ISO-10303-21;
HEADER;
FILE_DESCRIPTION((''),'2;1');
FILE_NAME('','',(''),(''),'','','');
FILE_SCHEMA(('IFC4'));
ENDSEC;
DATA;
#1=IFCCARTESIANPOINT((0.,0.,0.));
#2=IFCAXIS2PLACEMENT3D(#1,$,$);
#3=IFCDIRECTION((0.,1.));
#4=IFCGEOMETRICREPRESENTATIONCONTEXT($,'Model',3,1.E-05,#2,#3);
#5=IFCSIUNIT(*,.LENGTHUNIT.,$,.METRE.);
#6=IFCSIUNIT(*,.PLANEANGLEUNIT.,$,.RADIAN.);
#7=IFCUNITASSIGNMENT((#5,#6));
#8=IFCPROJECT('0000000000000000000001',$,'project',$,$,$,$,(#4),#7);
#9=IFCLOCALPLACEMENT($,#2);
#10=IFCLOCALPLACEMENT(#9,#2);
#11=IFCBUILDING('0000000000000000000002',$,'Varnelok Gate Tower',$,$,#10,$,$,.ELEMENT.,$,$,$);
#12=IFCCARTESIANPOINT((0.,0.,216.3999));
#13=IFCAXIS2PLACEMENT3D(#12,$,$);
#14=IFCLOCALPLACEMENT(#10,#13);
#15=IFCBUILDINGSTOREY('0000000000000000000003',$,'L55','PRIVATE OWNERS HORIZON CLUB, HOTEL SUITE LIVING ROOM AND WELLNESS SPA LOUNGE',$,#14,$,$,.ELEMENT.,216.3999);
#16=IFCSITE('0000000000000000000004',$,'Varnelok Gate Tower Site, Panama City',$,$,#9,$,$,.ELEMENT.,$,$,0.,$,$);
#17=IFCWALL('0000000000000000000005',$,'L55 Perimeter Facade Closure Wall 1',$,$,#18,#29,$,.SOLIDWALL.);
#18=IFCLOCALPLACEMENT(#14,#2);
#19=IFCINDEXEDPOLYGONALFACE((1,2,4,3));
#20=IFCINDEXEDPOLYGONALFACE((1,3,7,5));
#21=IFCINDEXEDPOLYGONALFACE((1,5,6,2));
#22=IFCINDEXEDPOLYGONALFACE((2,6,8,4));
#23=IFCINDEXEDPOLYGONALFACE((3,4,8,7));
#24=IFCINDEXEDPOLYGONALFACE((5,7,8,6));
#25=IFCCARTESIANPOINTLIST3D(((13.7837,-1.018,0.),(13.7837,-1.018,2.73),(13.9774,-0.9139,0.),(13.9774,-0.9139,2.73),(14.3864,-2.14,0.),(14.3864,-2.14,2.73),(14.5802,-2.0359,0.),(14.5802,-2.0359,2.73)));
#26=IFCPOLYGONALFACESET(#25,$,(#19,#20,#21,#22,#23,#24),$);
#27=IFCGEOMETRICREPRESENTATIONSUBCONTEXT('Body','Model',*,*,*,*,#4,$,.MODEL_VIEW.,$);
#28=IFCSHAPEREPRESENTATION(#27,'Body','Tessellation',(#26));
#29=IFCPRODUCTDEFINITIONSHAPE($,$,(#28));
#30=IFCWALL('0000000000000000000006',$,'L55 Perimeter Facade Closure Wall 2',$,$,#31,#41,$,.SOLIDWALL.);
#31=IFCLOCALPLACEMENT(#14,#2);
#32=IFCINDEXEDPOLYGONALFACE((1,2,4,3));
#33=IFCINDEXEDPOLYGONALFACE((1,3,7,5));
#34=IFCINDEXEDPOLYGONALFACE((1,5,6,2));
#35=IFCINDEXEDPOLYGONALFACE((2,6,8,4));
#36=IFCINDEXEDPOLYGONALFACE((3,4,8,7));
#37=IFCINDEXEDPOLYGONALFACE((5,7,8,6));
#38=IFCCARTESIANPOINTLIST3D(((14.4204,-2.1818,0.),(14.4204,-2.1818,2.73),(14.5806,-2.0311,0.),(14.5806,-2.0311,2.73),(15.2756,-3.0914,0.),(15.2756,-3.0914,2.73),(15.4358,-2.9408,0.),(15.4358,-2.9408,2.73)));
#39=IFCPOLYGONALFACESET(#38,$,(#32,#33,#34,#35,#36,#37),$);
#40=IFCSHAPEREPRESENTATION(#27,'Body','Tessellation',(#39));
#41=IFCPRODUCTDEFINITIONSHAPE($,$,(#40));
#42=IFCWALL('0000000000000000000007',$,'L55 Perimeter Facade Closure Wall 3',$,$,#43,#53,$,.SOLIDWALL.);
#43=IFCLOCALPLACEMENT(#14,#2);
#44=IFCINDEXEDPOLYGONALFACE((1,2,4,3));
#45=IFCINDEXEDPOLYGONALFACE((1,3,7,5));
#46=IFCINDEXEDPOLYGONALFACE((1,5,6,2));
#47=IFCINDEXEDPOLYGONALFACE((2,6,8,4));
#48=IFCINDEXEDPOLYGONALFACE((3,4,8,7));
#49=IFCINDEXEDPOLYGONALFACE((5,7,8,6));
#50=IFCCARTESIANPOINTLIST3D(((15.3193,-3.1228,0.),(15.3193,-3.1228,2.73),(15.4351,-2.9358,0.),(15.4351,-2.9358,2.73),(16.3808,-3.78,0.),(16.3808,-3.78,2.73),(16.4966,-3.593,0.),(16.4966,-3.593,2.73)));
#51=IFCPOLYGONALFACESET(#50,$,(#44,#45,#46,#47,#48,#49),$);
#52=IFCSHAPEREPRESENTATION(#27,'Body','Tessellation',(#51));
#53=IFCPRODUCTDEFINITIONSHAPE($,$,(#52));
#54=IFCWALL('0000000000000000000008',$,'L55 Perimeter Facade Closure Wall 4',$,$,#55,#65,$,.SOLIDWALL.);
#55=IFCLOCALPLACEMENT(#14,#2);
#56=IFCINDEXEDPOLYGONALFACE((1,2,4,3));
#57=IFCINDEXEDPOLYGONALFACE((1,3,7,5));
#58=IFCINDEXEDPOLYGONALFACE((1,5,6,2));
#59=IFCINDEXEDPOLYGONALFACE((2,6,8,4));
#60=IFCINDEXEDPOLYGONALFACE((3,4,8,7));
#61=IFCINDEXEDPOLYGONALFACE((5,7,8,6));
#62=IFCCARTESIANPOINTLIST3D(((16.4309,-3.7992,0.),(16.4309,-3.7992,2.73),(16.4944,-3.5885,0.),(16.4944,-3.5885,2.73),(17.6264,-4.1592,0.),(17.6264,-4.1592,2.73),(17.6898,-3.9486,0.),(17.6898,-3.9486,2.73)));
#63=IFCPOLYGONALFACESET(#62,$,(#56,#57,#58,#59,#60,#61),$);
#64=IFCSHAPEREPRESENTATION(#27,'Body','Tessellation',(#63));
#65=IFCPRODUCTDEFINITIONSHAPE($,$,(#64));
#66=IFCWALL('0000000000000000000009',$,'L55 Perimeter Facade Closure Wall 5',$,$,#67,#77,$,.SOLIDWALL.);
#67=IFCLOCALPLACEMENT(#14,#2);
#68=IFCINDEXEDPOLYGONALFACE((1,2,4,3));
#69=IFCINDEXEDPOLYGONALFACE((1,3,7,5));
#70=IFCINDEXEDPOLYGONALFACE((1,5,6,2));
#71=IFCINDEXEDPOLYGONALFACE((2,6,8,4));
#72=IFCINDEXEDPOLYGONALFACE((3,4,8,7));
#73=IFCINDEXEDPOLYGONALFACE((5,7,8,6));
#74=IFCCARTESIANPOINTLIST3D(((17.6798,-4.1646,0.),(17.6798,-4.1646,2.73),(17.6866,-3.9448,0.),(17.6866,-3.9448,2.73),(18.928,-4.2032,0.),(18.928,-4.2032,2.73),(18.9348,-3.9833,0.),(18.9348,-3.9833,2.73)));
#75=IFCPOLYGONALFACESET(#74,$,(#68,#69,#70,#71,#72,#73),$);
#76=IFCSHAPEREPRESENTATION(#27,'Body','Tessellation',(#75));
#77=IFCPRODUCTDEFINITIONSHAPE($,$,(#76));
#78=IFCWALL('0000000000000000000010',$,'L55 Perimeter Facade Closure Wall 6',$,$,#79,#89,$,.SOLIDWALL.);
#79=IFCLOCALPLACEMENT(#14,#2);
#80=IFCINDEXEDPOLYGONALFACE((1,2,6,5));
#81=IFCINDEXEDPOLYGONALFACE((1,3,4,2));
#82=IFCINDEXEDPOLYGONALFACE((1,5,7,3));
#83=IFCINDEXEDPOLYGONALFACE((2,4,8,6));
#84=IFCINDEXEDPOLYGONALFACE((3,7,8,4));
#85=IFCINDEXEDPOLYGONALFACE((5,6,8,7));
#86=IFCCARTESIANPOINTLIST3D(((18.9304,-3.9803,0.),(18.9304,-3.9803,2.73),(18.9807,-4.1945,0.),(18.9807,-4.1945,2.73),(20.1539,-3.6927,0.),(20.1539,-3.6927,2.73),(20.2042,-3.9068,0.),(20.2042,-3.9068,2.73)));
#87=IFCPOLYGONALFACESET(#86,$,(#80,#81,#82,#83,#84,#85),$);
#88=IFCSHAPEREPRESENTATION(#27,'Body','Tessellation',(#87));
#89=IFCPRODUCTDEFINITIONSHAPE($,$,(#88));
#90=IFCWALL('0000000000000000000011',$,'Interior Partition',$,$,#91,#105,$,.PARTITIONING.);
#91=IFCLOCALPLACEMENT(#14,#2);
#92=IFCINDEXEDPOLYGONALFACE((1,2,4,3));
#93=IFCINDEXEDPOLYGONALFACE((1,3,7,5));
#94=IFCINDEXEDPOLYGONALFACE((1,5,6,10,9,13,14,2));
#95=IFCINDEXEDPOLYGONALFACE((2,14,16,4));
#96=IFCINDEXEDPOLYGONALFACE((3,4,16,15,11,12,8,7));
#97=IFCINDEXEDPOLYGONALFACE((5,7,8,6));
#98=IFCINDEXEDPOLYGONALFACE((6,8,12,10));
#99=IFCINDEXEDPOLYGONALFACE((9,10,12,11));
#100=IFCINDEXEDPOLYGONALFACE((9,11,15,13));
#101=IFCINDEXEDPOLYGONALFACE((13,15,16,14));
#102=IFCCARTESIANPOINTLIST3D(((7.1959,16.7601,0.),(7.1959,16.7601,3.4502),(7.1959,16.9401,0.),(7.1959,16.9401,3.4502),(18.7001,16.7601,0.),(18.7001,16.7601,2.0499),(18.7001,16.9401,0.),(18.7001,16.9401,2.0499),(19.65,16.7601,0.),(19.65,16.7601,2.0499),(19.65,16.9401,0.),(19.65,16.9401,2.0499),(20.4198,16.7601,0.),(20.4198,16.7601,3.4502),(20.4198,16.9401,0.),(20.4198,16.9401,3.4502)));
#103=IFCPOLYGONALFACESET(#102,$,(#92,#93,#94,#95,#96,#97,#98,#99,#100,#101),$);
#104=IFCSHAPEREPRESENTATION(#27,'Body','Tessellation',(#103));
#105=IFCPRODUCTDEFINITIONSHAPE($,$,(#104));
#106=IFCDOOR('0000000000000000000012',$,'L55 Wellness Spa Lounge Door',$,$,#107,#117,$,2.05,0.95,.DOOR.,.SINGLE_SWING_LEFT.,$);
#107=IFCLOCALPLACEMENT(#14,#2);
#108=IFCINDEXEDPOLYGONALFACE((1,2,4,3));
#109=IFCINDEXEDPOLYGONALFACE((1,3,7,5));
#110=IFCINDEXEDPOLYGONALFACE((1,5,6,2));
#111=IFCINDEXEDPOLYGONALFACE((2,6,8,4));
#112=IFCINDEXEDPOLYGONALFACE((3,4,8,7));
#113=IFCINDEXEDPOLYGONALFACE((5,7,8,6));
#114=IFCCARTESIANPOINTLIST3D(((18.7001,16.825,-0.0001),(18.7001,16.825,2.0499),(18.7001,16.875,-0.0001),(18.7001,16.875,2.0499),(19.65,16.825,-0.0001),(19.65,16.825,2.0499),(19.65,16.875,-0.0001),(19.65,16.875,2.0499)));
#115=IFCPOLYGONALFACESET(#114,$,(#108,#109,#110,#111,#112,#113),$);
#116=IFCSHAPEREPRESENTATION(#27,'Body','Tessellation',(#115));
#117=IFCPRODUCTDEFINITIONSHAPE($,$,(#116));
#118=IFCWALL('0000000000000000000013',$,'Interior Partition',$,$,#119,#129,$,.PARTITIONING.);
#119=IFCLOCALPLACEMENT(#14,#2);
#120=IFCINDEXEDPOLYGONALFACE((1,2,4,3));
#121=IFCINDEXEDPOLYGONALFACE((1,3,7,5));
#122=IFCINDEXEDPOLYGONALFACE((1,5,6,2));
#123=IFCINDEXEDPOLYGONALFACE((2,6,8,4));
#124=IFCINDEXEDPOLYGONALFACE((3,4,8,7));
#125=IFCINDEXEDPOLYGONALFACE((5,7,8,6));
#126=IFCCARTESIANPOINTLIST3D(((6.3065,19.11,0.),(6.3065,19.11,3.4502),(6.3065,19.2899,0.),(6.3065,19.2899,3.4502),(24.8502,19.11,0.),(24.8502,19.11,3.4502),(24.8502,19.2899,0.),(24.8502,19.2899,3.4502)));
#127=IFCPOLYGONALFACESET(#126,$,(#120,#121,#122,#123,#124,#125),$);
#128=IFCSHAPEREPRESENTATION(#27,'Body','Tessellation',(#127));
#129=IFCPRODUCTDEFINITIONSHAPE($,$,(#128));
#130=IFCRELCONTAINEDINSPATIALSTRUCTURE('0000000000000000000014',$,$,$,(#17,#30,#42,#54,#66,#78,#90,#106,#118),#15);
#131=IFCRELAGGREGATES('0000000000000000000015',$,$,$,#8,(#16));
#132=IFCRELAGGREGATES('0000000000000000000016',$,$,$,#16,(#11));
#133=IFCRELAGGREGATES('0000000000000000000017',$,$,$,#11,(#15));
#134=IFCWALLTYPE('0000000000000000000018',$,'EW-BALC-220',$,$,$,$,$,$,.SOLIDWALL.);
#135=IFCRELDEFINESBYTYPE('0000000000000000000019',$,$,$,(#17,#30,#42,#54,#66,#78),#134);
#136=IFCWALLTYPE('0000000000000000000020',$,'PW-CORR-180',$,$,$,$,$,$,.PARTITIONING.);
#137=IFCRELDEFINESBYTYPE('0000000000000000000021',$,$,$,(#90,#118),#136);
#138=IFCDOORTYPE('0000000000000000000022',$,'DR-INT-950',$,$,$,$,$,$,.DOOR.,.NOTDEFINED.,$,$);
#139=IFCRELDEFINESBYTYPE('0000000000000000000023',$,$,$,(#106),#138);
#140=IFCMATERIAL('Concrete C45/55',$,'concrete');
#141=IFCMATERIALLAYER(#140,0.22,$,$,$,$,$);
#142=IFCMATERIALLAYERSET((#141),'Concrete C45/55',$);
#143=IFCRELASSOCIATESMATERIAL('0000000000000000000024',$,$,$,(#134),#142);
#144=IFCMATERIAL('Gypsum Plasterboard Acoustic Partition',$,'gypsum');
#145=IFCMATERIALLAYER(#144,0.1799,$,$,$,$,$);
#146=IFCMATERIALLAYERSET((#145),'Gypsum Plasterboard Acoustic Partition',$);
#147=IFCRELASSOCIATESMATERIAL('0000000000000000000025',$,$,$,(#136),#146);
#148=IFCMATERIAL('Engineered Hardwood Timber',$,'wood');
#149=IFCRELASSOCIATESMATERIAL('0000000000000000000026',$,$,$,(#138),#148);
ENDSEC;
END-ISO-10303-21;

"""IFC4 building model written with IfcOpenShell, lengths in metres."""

from ifc_helpers import new_model, si_unit, direction, frame, frame_2d, origin, place, context, subcontext, project, spatial, rectangle, extrude, material, layer, layer_set, type_object, element, fill, save


model = new_model("IFC4")

# Units and contexts
model_context = context("Model", 3, precision=1e-05, world=origin(), true_north=direction((0.0, 1.0)))
body_context = subcontext(model_context, "Body", "Model", "MODEL_VIEW")
ifc_project = project(units=[si_unit("LENGTHUNIT", "METRE"), si_unit("PLANEANGLEUNIT", "RADIAN")], contexts=[model_context])

# Site, building, storey
site_placement = place(None, origin())
site = spatial("IfcSite", under=ifc_project, at=site_placement, Name="Varnelok Gate Tower Site, Panama City", CompositionType="ELEMENT", RefElevation=0.0)
building_placement = place(site_placement, origin())
building = spatial("IfcBuilding", under=site, at=building_placement, Name="Varnelok Gate Tower", CompositionType="ELEMENT")
storey_placement = place(building_placement, frame((0.0, 0.0, 216.3999)))
storey = spatial("IfcBuildingStorey", under=building, at=storey_placement, Name="L55", Description="PRIVATE OWNERS HORIZON CLUB, HOTEL SUITE LIVING ROOM AND WELLNESS SPA LOUNGE", CompositionType="ELEMENT", Elevation=216.3999)

# Shared definitions
ifc_material_1 = material(Name="Concrete C45/55", Category="concrete")

# Walls
ifc_layer_1 = layer(ifc_material_1, 0.22)
ifc_layer_set_1 = layer_set([ifc_layer_1], Name="Concrete C45/55")
wall_type_1 = type_object("IfcWallType", Name="EW-BALC-220", PredefinedType="SOLIDWALL", material=ifc_layer_set_1)
wall_1_placement = place(storey_placement, frame((13.8806, -0.9661, 0.0), z_axis=(0.0, 0.0, 1.0), x_axis=(0.473242, -0.880932, 0.0)))
element("IfcWall", 1, at=wall_1_placement, inside=storey, type_object=wall_type_1, Name="L55 Perimeter Facade Closure Wall 1", PredefinedType="SOLIDWALL", context=body_context, shape_type="SweptSolid", body=[
    extrude(rectangle(XDim=1.2737, YDim=0.22, at=frame_2d((0.6367, 0.0))), origin(), (0.0, 0.0, 1.0), 2.73),
])
for number, where, z_axis, x_axis, name in (
    (2, (14.5005, -2.1064, 0.0), (0.0, 0.0, 1.0), (0.684968, -0.728573, 0.0), "L55 Perimeter Facade Closure Wall 2"),
    (3, (15.3772, -3.0293, 0.0), (0.0, 0.0, 1.0), (0.850232, -0.526408, 0.0), "L55 Perimeter Facade Closure Wall 3"),
    (4, (16.4626, -3.6938, 0.0), (0.0, 0.0, 1.0), (0.957508, -0.288406, 0.0), "L55 Perimeter Facade Closure Wall 4"),
):
    element("IfcWall", number, at=place(storey_placement, frame(where, z_axis=z_axis, x_axis=x_axis)), inside=storey, type_object=wall_type_1, Name=name, PredefinedType="SOLIDWALL", context=body_context, shape_type="SweptSolid", body=[
        extrude(rectangle(XDim=1.2485, YDim=0.22, at=frame_2d((0.6243, 0.0))), origin(), (0.0, 0.0, 1.0), 2.73),
    ])
wall_2_placement = place(storey_placement, frame((17.6831, -4.0547, 0.0), z_axis=(0.0, 0.0, 1.0), x_axis=(0.999523, -0.030887, 0.0)))
element("IfcWall", 5, at=wall_2_placement, inside=storey, type_object=wall_type_1, Name="L55 Perimeter Facade Closure Wall 5", PredefinedType="SOLIDWALL", context=body_context, shape_type="SweptSolid", body=[
    extrude(rectangle(XDim=1.2488, YDim=0.22, at=frame_2d((0.6245, 0.0))), origin(), (0.0, 0.0, 1.0), 2.73),
])
wall_3_placement = place(storey_placement, frame((18.9556, -4.0874, 0.0), z_axis=(0.0, 0.0, 1.0), x_axis=(0.973463, 0.228844, 0.0)))
element("IfcWall", 6, at=wall_3_placement, inside=storey, type_object=wall_type_1, Name="L55 Perimeter Facade Closure Wall 6", PredefinedType="SOLIDWALL", context=body_context, shape_type="SweptSolid", body=[
    extrude(rectangle(XDim=1.2568, YDim=0.22, at=frame_2d((0.6284, 0.0))), origin(), (0.0, 0.0, 1.0), 2.73),
])

# Wall, opening, door
ifc_material_2 = material(Name="Gypsum Plasterboard Acoustic Partition", Category="gypsum")
ifc_layer_2 = layer(ifc_material_2, 0.1799)
ifc_layer_set_2 = layer_set([ifc_layer_2], Name="Gypsum Plasterboard Acoustic Partition")
wall_type_2 = type_object("IfcWallType", Name="PW-CORR-180", PredefinedType="PARTITIONING", material=ifc_layer_set_2)
wall_4_placement = place(storey_placement, frame((7.196, 16.8501, 0.0), z_axis=(0.0, 0.0, 1.0), x_axis=(1.0, 0.0, 0.0)))
wall_4 = element("IfcWall", 7, at=wall_4_placement, inside=storey, type_object=wall_type_2, Name="Interior Partition", PredefinedType="PARTITIONING", context=body_context, shape_type="SweptSolid", body=[
    extrude(rectangle(XDim=13.2239, YDim=0.1799, at=frame_2d((6.6118, 0.0))), origin(), (0.0, 0.0, 1.0), 3.4502),
])
opening_placement = place(wall_4_placement, frame((11.5039, 0.0, 0.0)))
opening = element("IfcOpeningElement", 8, at=opening_placement, cuts=wall_4, PredefinedType="OPENING", context=body_context, shape_type="SweptSolid", body=[
    extrude(rectangle(XDim=0.95, YDim=2.05, at=frame_2d((0.4751, 1.0249))), frame((0.0, 0.0999, 0.0), z_axis=(0.0, -1.0, 0.0), x_axis=(1.0, 0.0, 0.0)), (0.0, 0.0, 1.0), 0.2),
])
ifc_material_3 = material(Name="Engineered Hardwood Timber", Category="wood")
door_type = type_object("IfcDoorType", Name="DR-INT-950", OperationType="NOTDEFINED", PredefinedType="DOOR", material=ifc_material_3)
door_placement = place(opening_placement, origin())
door = element("IfcDoor", 9, at=door_placement, inside=storey, type_object=door_type, Name="L55 Wellness Spa Lounge Door", OperationType="SINGLE_SWING_LEFT", OverallHeight=2.05, OverallWidth=0.95, PredefinedType="DOOR", context=body_context, shape_type="SweptSolid", body=[
    extrude(rectangle(XDim=0.95, YDim=2.05, at=frame_2d((0.4751, 1.0249))), frame((0.0, 0.0249, 0.0), z_axis=(0.0, -1.0, 0.0), x_axis=(1.0, 0.0, 0.0)), (0.0, 0.0, 1.0), 0.05),
])
fill(opening, door)

# Wall
wall_5_placement = place(storey_placement, frame((6.3064, 19.2, 0.0), z_axis=(0.0, 0.0, 1.0), x_axis=(1.0, 0.0, 0.0)))
element("IfcWall", 10, at=wall_5_placement, inside=storey, type_object=wall_type_2, Name="Interior Partition", PredefinedType="PARTITIONING", context=body_context, shape_type="SweptSolid", body=[
    extrude(rectangle(XDim=18.5437, YDim=0.1799, at=frame_2d((9.272, 0.0))), origin(), (0.0, 0.0, 1.0), 3.4502),
])

save(model, "model.ifc")
